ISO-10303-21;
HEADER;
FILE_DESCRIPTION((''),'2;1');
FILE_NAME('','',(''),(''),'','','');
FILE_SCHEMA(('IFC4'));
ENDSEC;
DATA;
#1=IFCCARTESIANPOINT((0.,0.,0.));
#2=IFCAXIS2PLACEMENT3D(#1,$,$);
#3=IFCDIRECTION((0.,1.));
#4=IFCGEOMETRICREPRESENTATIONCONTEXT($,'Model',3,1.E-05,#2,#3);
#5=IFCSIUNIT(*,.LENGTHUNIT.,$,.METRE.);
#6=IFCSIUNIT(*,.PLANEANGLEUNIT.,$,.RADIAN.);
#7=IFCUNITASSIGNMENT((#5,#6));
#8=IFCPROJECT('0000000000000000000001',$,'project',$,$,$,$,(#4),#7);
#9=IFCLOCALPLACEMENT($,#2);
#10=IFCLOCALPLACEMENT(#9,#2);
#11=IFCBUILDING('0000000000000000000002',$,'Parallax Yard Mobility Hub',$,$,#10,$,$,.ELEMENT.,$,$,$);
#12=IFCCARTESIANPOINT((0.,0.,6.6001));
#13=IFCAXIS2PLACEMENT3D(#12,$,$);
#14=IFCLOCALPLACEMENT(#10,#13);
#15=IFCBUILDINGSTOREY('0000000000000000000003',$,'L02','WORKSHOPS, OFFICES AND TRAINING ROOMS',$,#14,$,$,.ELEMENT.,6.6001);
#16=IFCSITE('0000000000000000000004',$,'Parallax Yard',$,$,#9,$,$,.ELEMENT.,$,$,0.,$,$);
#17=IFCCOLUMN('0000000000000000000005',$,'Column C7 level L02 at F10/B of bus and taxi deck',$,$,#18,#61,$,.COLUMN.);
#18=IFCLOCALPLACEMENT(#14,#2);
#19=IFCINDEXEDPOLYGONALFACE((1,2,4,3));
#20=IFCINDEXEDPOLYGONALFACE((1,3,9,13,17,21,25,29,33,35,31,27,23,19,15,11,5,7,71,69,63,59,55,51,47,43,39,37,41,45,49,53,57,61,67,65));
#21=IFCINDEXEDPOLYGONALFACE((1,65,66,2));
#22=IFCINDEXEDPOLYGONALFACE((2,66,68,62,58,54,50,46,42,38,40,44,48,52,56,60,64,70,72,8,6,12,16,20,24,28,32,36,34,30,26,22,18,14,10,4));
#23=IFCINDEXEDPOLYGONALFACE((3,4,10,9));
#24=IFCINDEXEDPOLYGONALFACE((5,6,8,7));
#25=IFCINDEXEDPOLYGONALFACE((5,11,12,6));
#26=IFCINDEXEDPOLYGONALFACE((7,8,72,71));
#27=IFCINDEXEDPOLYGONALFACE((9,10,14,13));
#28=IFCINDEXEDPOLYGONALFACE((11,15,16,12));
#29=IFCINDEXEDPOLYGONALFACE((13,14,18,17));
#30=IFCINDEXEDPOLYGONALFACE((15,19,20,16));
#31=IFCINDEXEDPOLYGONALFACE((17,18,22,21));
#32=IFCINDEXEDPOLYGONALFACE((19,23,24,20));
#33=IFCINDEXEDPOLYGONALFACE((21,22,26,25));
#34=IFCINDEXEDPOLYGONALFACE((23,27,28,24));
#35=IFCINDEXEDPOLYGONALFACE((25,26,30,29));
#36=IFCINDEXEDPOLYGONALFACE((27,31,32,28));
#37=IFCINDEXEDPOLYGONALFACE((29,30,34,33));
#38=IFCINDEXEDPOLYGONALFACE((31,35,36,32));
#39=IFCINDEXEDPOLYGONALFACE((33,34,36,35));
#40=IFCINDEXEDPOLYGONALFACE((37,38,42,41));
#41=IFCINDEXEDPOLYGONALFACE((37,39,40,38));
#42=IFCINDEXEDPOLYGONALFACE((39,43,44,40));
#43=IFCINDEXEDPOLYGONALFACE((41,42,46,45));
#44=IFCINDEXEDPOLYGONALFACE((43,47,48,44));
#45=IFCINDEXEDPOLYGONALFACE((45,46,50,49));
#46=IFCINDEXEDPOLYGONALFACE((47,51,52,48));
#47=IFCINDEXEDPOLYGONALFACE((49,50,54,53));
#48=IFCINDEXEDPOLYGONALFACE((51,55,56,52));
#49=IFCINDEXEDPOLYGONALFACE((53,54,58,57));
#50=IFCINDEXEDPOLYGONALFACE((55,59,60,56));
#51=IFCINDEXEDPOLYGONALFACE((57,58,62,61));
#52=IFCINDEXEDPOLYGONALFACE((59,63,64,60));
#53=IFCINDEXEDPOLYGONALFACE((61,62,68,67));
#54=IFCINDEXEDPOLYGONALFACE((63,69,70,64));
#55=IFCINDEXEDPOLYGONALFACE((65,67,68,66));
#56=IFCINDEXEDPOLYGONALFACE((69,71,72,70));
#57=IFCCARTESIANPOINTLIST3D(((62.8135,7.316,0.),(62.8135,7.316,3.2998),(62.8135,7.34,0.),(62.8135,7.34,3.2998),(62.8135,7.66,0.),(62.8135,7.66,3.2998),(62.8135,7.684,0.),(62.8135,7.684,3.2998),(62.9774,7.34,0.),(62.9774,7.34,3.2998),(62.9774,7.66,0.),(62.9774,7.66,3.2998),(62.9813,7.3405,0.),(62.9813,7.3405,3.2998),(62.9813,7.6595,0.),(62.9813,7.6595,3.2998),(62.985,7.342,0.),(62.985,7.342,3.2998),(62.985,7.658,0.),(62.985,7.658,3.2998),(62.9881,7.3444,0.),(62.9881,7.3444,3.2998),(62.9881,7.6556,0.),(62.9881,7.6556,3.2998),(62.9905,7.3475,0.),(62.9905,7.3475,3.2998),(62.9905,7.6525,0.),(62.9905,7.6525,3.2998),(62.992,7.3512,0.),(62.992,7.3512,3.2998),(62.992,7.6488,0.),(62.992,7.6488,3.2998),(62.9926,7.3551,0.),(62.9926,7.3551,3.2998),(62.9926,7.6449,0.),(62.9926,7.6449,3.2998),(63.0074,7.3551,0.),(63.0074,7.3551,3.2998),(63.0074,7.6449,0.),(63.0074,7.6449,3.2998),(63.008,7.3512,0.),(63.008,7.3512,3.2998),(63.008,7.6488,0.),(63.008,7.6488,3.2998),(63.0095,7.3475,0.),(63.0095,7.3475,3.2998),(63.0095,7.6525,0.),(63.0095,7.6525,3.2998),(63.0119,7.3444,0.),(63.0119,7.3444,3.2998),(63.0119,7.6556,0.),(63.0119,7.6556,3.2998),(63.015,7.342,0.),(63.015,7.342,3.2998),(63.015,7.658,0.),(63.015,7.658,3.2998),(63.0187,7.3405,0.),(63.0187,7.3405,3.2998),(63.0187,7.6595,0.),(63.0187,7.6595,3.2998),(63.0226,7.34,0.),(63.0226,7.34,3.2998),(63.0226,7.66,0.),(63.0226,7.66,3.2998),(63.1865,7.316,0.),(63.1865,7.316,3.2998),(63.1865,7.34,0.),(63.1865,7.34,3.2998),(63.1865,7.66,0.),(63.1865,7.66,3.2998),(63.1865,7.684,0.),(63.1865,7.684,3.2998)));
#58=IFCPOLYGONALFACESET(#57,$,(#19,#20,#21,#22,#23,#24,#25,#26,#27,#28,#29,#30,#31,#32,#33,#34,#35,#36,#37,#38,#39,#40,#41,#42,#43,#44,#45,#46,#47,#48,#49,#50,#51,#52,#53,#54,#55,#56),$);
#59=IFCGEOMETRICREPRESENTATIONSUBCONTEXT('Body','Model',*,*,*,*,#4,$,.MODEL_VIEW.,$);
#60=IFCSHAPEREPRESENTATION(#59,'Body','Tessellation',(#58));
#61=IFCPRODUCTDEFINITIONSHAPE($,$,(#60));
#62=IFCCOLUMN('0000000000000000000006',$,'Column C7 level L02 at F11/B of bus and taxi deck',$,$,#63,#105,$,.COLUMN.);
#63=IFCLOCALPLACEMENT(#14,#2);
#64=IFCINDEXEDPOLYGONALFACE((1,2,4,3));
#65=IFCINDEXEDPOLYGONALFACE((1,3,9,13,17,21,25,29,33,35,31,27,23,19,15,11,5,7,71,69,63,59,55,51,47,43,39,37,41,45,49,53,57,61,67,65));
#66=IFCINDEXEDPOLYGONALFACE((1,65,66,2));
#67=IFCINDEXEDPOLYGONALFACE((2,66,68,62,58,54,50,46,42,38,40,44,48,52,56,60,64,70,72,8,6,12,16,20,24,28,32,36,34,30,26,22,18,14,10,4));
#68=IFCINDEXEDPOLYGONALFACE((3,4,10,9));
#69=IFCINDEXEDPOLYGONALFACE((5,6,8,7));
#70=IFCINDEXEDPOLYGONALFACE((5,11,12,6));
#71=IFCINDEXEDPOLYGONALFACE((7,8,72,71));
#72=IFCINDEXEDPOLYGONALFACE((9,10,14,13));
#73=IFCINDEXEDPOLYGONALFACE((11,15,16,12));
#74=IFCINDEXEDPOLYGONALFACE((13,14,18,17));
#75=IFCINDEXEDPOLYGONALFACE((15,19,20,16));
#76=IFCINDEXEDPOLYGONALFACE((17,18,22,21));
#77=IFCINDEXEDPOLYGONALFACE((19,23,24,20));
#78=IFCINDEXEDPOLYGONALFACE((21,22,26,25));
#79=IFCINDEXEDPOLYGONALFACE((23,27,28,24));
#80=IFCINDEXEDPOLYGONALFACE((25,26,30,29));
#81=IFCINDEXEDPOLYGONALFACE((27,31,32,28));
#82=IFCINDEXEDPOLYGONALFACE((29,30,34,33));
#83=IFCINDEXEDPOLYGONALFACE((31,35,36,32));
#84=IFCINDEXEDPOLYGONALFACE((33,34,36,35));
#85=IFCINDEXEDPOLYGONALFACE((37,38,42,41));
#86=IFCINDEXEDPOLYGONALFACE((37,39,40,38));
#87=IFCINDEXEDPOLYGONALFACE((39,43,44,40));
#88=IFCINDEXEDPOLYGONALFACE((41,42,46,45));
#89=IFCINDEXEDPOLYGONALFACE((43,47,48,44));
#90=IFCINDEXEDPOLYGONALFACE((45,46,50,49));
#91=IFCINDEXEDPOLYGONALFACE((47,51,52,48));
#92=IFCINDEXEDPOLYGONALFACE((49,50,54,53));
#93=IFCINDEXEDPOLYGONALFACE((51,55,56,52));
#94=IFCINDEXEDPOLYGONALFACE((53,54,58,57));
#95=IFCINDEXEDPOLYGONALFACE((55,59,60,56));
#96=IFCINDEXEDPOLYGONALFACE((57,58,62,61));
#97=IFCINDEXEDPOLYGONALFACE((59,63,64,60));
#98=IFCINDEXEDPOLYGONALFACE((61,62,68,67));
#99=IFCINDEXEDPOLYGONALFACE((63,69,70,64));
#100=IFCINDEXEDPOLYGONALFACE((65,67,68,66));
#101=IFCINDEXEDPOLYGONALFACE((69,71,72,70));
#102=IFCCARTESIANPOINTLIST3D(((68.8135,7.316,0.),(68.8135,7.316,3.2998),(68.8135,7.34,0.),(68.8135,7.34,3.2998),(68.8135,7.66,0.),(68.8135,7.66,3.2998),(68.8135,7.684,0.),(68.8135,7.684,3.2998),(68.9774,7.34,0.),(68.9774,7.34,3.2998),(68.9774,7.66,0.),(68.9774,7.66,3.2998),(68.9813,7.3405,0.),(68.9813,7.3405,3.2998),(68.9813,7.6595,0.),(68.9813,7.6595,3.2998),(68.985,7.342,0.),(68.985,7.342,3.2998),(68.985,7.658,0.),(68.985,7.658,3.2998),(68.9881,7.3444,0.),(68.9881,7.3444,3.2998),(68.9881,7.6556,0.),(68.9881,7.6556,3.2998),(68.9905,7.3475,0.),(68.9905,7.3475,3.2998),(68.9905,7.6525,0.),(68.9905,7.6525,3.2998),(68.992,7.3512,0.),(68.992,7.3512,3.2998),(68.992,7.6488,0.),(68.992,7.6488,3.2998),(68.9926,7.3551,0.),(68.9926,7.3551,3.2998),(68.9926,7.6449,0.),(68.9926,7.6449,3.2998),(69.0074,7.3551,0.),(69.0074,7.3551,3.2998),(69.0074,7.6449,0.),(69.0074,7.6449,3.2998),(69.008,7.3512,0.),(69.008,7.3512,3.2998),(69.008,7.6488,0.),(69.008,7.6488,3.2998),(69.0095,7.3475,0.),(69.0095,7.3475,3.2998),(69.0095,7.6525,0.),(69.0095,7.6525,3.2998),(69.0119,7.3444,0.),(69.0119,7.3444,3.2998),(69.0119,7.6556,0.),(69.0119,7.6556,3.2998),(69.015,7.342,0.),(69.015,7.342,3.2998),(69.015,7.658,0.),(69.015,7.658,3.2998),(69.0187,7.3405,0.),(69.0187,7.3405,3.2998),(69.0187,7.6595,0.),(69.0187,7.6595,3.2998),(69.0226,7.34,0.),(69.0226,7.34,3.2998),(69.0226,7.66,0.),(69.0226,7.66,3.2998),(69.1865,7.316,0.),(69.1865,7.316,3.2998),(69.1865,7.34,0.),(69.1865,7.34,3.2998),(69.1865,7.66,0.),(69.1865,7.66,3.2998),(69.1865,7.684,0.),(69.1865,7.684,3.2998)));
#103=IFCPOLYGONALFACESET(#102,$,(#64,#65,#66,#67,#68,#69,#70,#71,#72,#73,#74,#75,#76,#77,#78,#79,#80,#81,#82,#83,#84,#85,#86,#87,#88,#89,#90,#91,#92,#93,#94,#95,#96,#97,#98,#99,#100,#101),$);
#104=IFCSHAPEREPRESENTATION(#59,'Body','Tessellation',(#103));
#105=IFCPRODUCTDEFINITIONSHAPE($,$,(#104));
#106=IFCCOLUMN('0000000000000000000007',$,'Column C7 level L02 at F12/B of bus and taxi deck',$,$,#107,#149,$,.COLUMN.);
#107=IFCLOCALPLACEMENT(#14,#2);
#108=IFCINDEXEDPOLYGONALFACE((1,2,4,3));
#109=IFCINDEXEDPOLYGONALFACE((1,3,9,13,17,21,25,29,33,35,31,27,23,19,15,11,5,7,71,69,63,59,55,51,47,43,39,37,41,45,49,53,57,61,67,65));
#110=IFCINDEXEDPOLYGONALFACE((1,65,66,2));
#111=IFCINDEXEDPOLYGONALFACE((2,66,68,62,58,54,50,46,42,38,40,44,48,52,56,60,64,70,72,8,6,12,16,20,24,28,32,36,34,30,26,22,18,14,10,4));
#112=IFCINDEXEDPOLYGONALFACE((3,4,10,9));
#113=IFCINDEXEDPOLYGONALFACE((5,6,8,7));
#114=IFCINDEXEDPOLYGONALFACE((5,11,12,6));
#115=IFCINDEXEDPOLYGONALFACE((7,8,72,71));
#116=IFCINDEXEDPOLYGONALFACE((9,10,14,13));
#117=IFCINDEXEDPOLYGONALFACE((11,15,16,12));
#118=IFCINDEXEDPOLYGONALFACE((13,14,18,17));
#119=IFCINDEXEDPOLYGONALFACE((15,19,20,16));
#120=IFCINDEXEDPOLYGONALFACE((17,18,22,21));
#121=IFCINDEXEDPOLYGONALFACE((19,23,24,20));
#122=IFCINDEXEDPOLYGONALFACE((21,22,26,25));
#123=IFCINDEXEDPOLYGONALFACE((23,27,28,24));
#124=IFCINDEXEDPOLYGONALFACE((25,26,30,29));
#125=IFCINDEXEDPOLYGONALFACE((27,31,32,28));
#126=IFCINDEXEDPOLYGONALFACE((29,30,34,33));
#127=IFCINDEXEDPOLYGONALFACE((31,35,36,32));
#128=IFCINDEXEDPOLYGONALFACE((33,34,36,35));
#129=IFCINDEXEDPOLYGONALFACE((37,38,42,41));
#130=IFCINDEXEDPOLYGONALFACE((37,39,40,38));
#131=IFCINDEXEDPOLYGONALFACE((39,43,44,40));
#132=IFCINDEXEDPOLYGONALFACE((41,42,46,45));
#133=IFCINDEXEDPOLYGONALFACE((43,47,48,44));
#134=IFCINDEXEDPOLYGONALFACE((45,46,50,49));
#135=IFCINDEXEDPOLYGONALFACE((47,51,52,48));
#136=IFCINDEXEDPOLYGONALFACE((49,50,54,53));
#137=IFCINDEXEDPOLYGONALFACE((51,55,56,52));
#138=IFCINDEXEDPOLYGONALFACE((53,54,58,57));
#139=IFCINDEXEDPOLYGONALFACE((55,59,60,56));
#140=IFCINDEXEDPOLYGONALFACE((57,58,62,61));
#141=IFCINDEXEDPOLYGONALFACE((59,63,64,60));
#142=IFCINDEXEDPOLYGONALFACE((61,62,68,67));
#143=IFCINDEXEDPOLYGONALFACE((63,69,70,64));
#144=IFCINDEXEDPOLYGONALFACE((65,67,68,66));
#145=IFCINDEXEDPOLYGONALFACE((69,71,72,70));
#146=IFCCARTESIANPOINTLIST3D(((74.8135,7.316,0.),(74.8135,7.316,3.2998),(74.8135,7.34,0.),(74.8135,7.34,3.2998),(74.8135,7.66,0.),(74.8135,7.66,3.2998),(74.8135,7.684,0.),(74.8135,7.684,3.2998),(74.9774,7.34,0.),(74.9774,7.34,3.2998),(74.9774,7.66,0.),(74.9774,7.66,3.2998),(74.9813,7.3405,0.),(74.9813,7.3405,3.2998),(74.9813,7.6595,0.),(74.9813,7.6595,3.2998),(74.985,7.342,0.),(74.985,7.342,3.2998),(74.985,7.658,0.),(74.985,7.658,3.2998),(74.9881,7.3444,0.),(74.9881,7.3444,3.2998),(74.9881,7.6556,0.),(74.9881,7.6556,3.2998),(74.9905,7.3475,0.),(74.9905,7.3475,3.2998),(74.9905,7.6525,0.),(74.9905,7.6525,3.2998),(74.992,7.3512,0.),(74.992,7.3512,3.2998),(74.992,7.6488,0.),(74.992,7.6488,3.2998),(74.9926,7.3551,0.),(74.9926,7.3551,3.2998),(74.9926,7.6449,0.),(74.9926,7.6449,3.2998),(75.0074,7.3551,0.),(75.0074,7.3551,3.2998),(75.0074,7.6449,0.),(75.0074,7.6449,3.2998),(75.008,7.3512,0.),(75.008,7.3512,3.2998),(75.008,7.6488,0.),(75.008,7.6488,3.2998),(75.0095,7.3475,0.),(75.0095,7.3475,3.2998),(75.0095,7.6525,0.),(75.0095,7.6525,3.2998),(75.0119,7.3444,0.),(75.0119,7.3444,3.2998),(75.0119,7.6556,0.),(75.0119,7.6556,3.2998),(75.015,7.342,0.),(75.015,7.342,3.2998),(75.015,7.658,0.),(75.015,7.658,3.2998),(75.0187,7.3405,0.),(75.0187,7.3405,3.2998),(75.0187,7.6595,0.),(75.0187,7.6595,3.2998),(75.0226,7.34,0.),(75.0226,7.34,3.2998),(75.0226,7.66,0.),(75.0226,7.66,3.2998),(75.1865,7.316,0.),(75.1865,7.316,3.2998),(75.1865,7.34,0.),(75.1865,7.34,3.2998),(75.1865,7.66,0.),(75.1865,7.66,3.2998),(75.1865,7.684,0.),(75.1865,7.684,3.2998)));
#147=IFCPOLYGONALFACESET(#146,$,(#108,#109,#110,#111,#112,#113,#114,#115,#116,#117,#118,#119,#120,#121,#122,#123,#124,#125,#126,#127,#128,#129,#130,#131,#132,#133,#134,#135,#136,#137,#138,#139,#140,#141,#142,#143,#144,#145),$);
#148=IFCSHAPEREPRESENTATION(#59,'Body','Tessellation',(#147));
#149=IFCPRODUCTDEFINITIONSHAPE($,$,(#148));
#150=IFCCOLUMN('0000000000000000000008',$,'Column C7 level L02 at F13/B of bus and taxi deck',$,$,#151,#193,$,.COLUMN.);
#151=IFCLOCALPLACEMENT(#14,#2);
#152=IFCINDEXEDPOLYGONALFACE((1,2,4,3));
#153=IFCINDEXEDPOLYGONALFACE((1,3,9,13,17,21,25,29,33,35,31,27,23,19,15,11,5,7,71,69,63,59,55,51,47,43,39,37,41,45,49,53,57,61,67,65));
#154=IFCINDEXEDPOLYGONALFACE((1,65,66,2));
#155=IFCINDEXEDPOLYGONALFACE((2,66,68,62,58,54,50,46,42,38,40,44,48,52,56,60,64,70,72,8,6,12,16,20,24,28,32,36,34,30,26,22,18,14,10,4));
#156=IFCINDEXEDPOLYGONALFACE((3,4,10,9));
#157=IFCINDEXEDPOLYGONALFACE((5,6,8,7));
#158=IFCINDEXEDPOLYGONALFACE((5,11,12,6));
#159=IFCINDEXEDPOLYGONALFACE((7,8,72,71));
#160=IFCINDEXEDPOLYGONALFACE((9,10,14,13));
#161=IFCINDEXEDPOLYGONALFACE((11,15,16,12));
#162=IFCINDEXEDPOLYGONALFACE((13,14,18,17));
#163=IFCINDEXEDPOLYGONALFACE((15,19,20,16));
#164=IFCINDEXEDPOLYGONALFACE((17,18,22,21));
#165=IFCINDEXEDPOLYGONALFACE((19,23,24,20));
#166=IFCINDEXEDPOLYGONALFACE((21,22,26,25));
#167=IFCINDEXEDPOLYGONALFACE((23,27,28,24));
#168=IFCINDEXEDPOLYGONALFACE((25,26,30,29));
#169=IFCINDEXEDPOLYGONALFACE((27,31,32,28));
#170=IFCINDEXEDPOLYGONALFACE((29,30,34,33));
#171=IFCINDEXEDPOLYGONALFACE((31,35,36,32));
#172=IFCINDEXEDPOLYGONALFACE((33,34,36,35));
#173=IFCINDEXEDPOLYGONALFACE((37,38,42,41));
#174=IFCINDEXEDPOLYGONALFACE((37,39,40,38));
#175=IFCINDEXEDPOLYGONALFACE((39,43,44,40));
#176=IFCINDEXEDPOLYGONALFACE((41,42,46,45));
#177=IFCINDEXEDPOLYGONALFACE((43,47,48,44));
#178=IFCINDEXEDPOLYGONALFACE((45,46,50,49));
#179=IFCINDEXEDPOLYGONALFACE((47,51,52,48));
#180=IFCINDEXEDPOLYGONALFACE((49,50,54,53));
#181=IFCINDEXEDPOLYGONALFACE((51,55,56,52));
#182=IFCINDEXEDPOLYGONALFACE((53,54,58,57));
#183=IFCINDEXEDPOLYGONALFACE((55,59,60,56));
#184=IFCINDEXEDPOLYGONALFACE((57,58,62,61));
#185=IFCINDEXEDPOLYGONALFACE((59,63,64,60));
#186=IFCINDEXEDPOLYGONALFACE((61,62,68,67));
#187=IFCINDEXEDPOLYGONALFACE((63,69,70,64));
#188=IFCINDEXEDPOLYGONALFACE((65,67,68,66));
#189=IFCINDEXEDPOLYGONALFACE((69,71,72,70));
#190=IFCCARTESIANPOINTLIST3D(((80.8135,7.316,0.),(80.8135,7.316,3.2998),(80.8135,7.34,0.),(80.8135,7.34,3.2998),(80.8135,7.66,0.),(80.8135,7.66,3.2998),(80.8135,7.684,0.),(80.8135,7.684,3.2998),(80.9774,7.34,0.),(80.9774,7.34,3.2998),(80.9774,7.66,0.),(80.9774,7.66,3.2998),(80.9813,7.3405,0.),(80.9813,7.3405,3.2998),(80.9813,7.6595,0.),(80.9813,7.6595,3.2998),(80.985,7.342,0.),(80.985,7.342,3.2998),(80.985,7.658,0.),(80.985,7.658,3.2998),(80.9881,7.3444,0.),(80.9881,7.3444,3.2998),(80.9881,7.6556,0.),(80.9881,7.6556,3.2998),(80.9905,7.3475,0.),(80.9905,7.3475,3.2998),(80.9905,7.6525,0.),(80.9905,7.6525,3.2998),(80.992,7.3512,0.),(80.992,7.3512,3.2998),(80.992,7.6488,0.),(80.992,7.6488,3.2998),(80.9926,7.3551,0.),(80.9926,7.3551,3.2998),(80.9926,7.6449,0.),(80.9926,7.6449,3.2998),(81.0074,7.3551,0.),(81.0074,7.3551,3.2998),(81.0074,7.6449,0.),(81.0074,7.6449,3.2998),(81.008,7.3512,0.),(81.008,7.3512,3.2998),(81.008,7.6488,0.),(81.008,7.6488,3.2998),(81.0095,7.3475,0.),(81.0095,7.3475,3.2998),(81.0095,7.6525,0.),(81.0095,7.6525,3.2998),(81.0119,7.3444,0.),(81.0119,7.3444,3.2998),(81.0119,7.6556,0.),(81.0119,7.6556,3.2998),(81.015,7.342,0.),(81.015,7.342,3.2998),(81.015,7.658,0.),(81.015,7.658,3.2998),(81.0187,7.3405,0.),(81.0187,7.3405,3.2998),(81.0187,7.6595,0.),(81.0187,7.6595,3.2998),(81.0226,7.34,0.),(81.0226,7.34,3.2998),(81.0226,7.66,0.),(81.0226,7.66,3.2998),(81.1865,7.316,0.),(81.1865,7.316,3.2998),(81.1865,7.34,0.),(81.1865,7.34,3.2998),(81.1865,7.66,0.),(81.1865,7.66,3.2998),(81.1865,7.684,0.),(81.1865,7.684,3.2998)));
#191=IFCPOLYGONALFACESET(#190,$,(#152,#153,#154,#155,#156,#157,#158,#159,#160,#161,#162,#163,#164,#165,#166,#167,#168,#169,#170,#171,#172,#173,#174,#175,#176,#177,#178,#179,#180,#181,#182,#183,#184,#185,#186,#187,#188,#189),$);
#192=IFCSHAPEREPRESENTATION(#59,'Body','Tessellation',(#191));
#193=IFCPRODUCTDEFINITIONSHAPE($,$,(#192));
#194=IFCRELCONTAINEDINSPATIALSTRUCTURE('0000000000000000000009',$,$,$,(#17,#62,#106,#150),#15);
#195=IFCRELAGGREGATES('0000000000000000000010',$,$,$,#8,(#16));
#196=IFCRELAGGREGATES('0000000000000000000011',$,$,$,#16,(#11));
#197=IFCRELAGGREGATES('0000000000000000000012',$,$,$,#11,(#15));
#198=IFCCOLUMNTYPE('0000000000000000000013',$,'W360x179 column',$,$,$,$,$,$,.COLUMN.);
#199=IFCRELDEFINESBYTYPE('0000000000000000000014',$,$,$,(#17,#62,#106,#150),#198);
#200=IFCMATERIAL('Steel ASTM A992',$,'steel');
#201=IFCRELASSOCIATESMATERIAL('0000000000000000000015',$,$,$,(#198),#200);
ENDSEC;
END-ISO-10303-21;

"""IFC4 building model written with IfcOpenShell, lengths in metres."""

from ifc_helpers import new_model, si_unit, direction, frame, origin, origin_2d, place, context, subcontext, project, spatial, i_section, extrude, material, material_profile, profile_set, type_object, element, save


model = new_model("IFC4")

# Units and contexts
model_context = context("Model", 3, precision=1e-05, world=origin(), true_north=direction((0.0, 1.0)))
body_context = subcontext(model_context, "Body", "Model", "MODEL_VIEW")
ifc_project = project(units=[si_unit("LENGTHUNIT", "METRE"), si_unit("PLANEANGLEUNIT", "RADIAN")], contexts=[model_context])

# Site, building, storey
site_placement = place(None, origin())
site = spatial("IfcSite", under=ifc_project, at=site_placement, Name="Parallax Yard", CompositionType="ELEMENT", RefElevation=0.0)
building_placement = place(site_placement, origin())
building = spatial("IfcBuilding", under=site, at=building_placement, Name="Parallax Yard Mobility Hub", CompositionType="ELEMENT")
storey_placement = place(building_placement, frame((0.0, 0.0, 6.6001)))
storey = spatial("IfcBuildingStorey", under=building, at=storey_placement, Name="L02", Description="WORKSHOPS, OFFICES AND TRAINING ROOMS", CompositionType="ELEMENT", Elevation=6.6001)

# Columns
ifc_material_1 = material(Name="Steel ASTM A992", Category="steel")
ifc_material_profile_1 = material_profile(ifc_material_1, i_section(OverallWidth=0.373, OverallDepth=0.3679, WebThickness=0.0149, FlangeThickness=0.0239, FilletRadius=0.0151, at=origin_2d()), Name="W360x179")
ifc_profile_set_1 = profile_set([ifc_material_profile_1], Name="Steel ASTM A992")
column_type = type_object("IfcColumnType", Name="W360x179 column", PredefinedType="COLUMN", material=ifc_profile_set_1)
for number, where, z_axis, x_axis, name in (
    (1, (63.0, 7.5, 0.0), (0.0, 0.0, 1.0), (1.0, 0.0, 0.0), "Column C7 level L02 at F10/B of bus and taxi deck"),
    (2, (69.0, 7.5, 0.0), (0.0, 0.0, 1.0), (1.0, 0.0, 0.0), "Column C7 level L02 at F11/B of bus and taxi deck"),
    (3, (75.0, 7.5, 0.0), (0.0, 0.0, 1.0), (1.0, 0.0, 0.0), "Column C7 level L02 at F12/B of bus and taxi deck"),
    (4, (81.0, 7.5, 0.0), (0.0, 0.0, 1.0), (1.0, 0.0, 0.0), "Column C7 level L02 at F13/B of bus and taxi deck"),
):
    element("IfcColumn", number, at=place(storey_placement, frame(where, z_axis=z_axis, x_axis=x_axis)), inside=storey, type_object=column_type, Name=name, PredefinedType="COLUMN", context=body_context, shape_type="SweptSolid", body=[
        extrude(i_section(OverallWidth=0.373, OverallDepth=0.3679, WebThickness=0.0149, FlangeThickness=0.0239, FilletRadius=0.0151, at=origin_2d()), origin(), (0.0, 0.0, 1.0), 3.2998),
    ])

save(model, "model.ifc")
